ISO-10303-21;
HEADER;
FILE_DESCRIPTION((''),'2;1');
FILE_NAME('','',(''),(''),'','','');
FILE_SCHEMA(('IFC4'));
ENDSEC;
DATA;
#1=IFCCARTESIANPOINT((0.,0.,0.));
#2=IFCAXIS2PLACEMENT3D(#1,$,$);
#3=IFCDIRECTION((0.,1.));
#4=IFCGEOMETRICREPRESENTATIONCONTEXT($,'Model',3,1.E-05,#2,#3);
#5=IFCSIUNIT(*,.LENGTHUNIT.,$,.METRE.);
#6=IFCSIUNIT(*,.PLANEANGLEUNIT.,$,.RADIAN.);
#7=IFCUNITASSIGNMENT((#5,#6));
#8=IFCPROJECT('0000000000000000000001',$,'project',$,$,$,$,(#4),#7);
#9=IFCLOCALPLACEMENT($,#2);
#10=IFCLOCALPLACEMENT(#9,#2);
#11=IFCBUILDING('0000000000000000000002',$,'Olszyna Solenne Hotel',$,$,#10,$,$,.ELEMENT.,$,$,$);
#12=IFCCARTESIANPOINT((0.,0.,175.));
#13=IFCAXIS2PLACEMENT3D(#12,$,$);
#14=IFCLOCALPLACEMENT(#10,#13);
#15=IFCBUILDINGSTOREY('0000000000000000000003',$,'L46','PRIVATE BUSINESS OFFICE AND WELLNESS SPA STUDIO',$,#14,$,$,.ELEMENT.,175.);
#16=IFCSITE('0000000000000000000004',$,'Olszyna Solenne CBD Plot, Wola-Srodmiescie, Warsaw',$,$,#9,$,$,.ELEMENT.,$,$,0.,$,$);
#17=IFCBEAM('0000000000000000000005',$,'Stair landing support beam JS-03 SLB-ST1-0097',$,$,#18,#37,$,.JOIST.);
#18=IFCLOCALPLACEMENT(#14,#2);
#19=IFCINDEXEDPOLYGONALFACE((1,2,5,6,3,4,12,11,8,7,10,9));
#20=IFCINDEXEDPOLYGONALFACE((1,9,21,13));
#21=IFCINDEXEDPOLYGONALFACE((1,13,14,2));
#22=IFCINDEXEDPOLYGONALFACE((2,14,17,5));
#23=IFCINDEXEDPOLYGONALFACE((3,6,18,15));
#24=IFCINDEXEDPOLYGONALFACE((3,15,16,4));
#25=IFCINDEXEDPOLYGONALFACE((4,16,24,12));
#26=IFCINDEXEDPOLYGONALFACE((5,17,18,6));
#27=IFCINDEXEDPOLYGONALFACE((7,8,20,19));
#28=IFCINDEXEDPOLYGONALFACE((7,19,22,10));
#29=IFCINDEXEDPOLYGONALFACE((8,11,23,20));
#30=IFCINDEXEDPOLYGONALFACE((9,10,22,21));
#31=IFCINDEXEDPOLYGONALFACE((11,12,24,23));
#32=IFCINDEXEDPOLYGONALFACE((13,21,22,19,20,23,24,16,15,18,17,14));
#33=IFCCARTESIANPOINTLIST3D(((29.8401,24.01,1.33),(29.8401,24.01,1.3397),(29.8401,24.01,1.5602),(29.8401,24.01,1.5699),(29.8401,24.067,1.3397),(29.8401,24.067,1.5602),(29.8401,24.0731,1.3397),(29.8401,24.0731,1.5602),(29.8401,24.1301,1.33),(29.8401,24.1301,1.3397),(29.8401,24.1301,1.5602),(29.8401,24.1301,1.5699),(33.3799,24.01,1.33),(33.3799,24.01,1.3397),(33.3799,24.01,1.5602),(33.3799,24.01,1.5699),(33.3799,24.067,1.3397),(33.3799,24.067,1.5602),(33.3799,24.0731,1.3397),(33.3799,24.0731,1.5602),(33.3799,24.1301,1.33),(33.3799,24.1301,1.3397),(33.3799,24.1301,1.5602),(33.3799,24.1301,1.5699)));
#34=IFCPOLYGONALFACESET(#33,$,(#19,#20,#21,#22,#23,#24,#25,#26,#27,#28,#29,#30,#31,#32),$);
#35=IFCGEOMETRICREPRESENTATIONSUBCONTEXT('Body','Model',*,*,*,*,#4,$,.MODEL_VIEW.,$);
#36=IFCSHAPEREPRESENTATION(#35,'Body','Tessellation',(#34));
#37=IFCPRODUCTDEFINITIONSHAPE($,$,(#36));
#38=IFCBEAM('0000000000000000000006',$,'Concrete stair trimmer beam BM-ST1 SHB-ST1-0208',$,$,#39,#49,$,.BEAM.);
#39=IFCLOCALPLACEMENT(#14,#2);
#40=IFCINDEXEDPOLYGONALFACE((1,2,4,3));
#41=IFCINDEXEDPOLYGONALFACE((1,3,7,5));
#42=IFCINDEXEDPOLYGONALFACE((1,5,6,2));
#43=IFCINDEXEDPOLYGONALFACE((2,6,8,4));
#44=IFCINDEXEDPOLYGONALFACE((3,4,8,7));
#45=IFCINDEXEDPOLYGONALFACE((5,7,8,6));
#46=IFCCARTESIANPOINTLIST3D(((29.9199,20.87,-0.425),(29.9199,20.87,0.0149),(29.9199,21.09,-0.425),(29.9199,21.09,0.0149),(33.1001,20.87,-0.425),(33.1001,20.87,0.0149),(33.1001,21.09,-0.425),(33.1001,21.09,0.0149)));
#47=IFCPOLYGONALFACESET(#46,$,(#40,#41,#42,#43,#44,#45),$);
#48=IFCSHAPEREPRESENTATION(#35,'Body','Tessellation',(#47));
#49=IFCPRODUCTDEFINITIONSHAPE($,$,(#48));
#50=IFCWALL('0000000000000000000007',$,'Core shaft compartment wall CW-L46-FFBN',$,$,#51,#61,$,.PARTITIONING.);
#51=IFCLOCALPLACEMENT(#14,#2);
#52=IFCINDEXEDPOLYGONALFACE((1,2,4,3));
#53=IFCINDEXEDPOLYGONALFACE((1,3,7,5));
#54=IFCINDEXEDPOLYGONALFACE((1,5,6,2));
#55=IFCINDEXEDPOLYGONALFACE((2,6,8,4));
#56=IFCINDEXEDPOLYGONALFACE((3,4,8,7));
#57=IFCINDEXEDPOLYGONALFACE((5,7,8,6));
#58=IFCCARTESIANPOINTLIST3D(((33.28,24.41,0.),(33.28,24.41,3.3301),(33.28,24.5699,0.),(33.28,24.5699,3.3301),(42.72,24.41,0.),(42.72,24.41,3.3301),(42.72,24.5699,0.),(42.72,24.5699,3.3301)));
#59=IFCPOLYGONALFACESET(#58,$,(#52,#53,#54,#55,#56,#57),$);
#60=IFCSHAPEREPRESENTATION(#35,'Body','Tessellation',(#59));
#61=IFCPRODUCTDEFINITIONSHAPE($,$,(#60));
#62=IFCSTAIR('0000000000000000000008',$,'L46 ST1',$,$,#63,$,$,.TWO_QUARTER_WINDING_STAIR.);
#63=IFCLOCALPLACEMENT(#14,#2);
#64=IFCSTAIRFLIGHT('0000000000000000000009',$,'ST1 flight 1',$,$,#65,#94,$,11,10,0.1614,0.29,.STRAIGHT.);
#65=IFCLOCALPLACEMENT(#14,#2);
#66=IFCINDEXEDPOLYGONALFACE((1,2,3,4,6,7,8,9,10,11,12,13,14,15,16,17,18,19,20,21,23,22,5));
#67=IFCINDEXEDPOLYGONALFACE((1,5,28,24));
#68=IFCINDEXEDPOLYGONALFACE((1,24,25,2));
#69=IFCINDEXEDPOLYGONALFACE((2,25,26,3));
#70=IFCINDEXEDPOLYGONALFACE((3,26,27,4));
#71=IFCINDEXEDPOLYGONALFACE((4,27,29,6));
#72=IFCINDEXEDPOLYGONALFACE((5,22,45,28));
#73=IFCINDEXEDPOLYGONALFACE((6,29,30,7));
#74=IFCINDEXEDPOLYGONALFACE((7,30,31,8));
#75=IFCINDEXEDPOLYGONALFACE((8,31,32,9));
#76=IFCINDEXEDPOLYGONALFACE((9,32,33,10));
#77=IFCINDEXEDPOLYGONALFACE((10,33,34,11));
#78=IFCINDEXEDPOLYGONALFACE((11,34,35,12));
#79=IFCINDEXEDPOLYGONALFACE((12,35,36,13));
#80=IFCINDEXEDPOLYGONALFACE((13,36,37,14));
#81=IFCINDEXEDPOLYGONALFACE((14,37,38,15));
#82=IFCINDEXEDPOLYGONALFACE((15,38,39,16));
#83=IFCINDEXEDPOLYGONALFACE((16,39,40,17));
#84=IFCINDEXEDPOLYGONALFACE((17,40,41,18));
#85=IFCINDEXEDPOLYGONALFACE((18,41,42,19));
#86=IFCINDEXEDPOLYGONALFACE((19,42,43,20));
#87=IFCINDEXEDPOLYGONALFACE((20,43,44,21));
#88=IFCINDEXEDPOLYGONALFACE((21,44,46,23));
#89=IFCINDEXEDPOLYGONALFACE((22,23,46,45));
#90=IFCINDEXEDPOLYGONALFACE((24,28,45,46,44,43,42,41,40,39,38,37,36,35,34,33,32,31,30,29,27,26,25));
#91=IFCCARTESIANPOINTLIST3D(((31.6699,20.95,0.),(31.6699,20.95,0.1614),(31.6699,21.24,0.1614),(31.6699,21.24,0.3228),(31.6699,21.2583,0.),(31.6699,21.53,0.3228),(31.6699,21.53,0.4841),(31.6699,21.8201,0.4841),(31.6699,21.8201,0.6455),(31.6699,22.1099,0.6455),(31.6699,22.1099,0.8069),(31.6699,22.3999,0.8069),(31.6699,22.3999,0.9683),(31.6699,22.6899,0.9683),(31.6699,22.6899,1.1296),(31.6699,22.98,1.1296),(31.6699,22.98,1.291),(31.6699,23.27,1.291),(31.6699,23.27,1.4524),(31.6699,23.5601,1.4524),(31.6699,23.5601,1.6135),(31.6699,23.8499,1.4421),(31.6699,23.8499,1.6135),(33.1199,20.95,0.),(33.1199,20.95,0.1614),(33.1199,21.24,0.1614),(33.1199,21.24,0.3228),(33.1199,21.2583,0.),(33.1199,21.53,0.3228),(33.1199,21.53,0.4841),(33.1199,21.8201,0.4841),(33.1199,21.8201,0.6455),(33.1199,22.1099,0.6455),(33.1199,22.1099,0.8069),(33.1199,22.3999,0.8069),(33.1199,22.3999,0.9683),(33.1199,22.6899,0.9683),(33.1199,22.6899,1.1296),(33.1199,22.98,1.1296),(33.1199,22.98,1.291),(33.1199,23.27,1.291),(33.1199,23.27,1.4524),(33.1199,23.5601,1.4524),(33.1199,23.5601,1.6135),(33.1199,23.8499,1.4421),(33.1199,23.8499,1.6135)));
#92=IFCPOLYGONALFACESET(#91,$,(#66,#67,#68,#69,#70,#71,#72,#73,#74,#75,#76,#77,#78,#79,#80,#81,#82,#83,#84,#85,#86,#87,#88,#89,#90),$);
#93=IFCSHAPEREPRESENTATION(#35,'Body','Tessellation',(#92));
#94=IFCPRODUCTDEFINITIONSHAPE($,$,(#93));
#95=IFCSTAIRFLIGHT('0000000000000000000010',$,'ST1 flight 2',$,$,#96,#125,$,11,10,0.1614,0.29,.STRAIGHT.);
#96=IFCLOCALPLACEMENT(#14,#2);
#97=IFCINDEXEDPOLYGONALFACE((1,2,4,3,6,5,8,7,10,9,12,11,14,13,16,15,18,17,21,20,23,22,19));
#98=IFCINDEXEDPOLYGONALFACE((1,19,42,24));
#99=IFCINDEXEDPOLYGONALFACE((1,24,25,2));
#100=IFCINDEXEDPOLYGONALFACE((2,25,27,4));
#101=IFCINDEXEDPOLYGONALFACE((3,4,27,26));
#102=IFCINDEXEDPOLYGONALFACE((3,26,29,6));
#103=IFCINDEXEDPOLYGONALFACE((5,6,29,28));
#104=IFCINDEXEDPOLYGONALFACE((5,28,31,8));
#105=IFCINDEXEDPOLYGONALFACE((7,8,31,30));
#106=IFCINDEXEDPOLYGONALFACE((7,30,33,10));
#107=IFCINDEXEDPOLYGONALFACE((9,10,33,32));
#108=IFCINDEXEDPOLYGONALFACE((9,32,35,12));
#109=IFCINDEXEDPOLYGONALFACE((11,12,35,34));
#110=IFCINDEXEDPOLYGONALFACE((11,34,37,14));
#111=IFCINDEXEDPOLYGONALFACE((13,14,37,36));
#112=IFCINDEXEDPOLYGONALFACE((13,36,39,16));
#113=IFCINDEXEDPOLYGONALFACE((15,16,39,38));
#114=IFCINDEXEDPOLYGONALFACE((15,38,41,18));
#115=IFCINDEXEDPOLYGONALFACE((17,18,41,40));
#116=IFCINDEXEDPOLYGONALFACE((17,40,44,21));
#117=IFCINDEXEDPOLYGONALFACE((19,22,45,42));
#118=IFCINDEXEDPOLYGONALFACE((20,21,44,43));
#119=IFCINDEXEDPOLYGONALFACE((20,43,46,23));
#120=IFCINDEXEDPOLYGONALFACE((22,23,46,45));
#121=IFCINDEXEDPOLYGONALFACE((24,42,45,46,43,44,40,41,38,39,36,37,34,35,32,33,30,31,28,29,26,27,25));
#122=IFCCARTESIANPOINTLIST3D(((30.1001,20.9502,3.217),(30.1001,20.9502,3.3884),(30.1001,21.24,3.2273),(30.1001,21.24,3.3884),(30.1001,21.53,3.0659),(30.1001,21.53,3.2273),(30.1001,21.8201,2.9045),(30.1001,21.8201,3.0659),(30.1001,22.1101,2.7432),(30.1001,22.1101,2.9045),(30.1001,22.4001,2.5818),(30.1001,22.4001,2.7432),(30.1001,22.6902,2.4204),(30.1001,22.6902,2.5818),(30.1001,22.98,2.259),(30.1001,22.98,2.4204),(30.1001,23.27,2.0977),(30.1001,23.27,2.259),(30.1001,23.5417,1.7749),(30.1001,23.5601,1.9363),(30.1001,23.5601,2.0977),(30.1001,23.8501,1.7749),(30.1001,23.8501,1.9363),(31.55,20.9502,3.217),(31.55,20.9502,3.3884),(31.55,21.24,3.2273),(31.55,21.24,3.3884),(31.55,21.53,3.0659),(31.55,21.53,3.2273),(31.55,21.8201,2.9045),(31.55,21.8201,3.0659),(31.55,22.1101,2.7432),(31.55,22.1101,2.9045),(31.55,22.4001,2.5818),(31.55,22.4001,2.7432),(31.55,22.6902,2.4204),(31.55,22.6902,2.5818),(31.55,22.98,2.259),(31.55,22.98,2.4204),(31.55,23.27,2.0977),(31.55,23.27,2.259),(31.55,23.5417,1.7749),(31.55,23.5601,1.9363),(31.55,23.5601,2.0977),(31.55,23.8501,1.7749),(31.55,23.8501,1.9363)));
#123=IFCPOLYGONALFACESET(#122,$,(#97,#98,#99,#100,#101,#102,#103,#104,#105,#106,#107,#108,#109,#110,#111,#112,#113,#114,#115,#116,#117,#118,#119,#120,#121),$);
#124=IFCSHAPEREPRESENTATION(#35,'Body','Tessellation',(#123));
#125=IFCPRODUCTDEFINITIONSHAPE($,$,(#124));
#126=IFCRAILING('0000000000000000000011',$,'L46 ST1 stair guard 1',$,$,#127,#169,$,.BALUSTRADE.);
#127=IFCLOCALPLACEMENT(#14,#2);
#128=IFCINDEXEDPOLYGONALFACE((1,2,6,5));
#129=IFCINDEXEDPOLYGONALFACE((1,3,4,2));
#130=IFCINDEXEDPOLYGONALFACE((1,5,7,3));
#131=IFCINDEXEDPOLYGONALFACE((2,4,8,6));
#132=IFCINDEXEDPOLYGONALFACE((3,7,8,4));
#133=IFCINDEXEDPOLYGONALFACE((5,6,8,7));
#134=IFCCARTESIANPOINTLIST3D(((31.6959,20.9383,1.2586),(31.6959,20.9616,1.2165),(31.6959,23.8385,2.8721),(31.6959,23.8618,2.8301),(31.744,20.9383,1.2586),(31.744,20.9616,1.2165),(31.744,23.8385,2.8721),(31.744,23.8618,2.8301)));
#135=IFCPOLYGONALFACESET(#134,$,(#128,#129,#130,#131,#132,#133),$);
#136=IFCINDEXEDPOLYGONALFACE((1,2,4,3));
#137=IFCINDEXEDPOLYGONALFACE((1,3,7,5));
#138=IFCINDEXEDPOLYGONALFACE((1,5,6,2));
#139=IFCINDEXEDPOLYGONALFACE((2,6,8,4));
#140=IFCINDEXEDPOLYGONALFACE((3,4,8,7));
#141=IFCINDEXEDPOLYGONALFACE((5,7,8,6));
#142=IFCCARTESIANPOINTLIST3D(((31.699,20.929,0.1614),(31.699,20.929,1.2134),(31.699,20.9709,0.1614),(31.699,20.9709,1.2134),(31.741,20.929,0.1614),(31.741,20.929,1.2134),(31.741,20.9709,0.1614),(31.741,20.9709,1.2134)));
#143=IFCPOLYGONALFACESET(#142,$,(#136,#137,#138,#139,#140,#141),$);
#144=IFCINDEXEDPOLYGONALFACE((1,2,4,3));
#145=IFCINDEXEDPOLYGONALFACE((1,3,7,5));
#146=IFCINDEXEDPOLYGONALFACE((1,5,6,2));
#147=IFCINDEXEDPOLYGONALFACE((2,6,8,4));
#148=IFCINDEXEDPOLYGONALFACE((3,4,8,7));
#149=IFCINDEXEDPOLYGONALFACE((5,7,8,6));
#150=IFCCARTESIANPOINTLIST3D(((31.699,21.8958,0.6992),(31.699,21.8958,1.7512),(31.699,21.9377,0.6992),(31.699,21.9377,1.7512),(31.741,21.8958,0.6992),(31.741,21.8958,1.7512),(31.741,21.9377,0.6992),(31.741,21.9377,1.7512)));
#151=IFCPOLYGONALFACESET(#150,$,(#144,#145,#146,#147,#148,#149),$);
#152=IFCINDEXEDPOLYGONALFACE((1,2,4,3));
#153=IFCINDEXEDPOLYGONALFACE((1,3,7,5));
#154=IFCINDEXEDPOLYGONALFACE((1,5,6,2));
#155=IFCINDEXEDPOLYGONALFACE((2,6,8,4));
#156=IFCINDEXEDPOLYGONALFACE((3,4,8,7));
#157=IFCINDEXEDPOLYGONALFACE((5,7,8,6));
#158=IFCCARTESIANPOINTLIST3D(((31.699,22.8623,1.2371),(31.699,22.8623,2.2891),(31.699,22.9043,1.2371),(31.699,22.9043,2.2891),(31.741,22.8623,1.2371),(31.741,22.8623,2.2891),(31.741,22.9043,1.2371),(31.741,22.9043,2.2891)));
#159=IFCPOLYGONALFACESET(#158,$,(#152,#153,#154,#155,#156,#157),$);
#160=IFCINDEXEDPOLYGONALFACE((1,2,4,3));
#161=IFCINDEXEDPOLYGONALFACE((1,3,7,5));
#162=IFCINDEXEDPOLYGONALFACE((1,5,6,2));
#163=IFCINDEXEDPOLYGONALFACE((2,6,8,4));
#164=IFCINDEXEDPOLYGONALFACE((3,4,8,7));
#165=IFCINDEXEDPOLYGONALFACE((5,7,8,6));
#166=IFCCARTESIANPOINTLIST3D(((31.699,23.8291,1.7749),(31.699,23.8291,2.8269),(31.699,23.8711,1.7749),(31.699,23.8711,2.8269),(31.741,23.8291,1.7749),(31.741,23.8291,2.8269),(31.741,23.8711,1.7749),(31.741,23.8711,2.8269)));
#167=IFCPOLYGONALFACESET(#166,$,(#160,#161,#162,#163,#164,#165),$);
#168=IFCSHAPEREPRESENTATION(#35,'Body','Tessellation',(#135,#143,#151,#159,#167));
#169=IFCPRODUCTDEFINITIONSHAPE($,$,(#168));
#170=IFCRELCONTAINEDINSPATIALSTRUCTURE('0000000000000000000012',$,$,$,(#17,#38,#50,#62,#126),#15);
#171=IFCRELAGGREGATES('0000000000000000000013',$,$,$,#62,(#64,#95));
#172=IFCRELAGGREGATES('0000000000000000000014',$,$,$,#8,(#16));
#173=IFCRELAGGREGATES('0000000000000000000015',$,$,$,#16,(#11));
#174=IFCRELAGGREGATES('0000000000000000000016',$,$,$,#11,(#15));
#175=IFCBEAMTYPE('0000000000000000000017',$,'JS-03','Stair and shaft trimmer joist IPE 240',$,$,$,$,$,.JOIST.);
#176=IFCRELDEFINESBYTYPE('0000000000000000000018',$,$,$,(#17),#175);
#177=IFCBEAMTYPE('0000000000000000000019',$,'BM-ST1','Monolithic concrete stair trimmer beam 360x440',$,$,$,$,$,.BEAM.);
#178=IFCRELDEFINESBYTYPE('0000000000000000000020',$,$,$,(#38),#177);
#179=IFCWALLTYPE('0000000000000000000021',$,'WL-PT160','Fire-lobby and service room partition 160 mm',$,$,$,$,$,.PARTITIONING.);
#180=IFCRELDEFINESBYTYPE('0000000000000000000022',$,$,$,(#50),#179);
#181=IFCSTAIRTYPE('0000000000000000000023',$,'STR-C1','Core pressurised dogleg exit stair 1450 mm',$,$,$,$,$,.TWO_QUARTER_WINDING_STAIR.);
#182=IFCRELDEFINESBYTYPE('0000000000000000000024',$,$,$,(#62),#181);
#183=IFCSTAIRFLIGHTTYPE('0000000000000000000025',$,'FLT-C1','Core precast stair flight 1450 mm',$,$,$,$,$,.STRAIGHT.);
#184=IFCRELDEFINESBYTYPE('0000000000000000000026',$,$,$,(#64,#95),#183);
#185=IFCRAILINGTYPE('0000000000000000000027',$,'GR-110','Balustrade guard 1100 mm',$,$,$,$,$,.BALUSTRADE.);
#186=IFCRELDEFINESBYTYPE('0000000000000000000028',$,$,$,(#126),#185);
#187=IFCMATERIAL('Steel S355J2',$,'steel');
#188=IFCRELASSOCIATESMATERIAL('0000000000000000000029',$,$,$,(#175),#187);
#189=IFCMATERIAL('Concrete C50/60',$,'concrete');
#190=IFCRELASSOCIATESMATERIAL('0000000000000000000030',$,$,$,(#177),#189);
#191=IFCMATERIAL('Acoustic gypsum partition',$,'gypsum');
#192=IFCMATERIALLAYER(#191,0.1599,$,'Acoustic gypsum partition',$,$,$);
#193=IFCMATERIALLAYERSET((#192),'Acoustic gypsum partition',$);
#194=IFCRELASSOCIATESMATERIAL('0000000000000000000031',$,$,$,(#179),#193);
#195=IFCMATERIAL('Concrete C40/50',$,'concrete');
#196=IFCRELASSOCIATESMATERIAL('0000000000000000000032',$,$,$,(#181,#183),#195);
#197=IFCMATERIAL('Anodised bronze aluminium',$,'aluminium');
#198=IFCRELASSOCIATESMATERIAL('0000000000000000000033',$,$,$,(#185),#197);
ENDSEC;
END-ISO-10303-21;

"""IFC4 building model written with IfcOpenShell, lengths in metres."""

from ifc_helpers import new_model, si_unit, direction, frame, frame_2d, origin, origin_2d, place, context, subcontext, project, spatial, polyline, rectangle, i_section, outline, extrude, source, transform, mapped, material, layer, layer_set, material_profile, profile_set, type_object, element, aggregate, save


model = new_model("IFC4")

# Units and contexts
model_context = context("Model", 3, precision=1e-05, world=origin(), true_north=direction((0.0, 1.0)))
body_context = subcontext(model_context, "Body", "Model", "MODEL_VIEW")
ifc_project = project(units=[si_unit("LENGTHUNIT", "METRE"), si_unit("PLANEANGLEUNIT", "RADIAN")], contexts=[model_context])

# Site, building, storey
site_placement = place(None, origin())
site = spatial("IfcSite", under=ifc_project, at=site_placement, Name="Olszyna Solenne CBD Plot, Wola-Srodmiescie, Warsaw", CompositionType="ELEMENT", RefElevation=0.0)
building_placement = place(site_placement, origin())
building = spatial("IfcBuilding", under=site, at=building_placement, Name="Olszyna Solenne Hotel", CompositionType="ELEMENT")
storey_placement = place(building_placement, frame((0.0, 0.0, 175.0)))
storey = spatial("IfcBuildingStorey", under=building, at=storey_placement, Name="L46", Description="PRIVATE BUSINESS OFFICE AND WELLNESS SPA STUDIO", CompositionType="ELEMENT", Elevation=175.0)

# Beams
ifc_material_1 = material(Name="Steel S355J2", Category="steel")
ifc_material_profile_1 = material_profile(ifc_material_1, i_section(OverallWidth=0.1201, OverallDepth=0.24, WebThickness=0.0061, FlangeThickness=0.0098, at=origin_2d()), Name="IPE 240", Category="load-bearing")
ifc_profile_set_1 = profile_set([ifc_material_profile_1], Name="Steel S355J2")
beam_type_1 = type_object("IfcBeamType", Name="JS-03", Description="Stair and shaft trimmer joist IPE 240", PredefinedType="JOIST", material=ifc_profile_set_1)
shared_shape_1 = source(origin(), body_context, "Body", "SweptSolid", [
    extrude(i_section(OverallWidth=0.1201, OverallDepth=0.24, WebThickness=0.0061, FlangeThickness=0.0098, at=origin_2d()), origin(), (0.0, 0.0, 1.0), 3.5398),
])
beam_1_placement = place(storey_placement, frame((33.3799, 24.0701, 1.45), z_axis=(-1.0, 0.0, 0.0), x_axis=(0.0, -1.0, 0.0)))
element("IfcBeam", 1, at=beam_1_placement, inside=storey, type_object=beam_type_1, Name="Stair landing support beam JS-03 SLB-ST1-0097", PredefinedType="JOIST", context=body_context, shape_type="MappedRepresentation", body=[
    mapped(shared_shape_1, transform((0.0, 0.0, 0.0), x_axis=(1.0, 0.0, 0.0), y_axis=(0.0, 1.0, 0.0), z_axis=(0.0, 0.0, 1.0), scale=1.0)),
])
ifc_material_2 = material(Name="Concrete C50/60", Category="concrete")
ifc_material_profile_2 = material_profile(ifc_material_2, rectangle(XDim=0.22, YDim=0.4399, at=origin_2d()), Name="RC 220x440", Category="load-bearing")
ifc_profile_set_2 = profile_set([ifc_material_profile_2], Name="Concrete C50/60")
beam_type_2 = type_object("IfcBeamType", Name="BM-ST1", Description="Monolithic concrete stair trimmer beam 360x440", PredefinedType="BEAM", material=ifc_profile_set_2)
shared_shape_2 = source(origin(), body_context, "Body", "SweptSolid", [
    extrude(rectangle(XDim=0.22, YDim=0.4399, at=origin_2d()), origin(), (0.0, 0.0, 1.0), 3.1802),
])
beam_2_placement = place(storey_placement, frame((33.1001, 20.98, -0.2051), z_axis=(-1.0, 0.0, 0.0), x_axis=(0.0, -1.0, 0.0)))
element("IfcBeam", 2, at=beam_2_placement, inside=storey, type_object=beam_type_2, Name="Concrete stair trimmer beam BM-ST1 SHB-ST1-0208", PredefinedType="BEAM", context=body_context, shape_type="MappedRepresentation", body=[
    mapped(shared_shape_2, transform((0.0, 0.0, 0.0), x_axis=(1.0, 0.0, 0.0), y_axis=(0.0, 1.0, 0.0), z_axis=(0.0, 0.0, 1.0), scale=1.0)),
])

# Wall
ifc_material_3 = material(Name="Acoustic gypsum partition", Category="gypsum")
ifc_layer = layer(ifc_material_3, 0.1599, Name="Acoustic gypsum partition")
ifc_layer_set = layer_set([ifc_layer], Name="Acoustic gypsum partition")
wall_type = type_object("IfcWallType", Name="WL-PT160", Description="Fire-lobby and service room partition 160 mm", PredefinedType="PARTITIONING", material=ifc_layer_set)
wall_placement = place(storey_placement, frame((33.28, 24.49, 0.0), z_axis=(0.0, 0.0, 1.0), x_axis=(1.0, 0.0, 0.0)))
element("IfcWall", 3, at=wall_placement, inside=storey, type_object=wall_type, Name="Core shaft compartment wall CW-L46-FFBN", PredefinedType="PARTITIONING", context=body_context, shape_type="SweptSolid", body=[
    extrude(rectangle(XDim=9.4399, YDim=0.1599, at=frame_2d((4.72, 0.0))), origin(), (0.0, 0.0, 1.0), 3.3301),
])

# Stair, stair flights
ifc_material_4 = material(Name="Concrete C40/50", Category="concrete")
stair_type = type_object("IfcStairType", Name="STR-C1", Description="Core pressurised dogleg exit stair 1450 mm", PredefinedType="TWO_QUARTER_WINDING_STAIR", material=ifc_material_4)
stair_placement = place(storey_placement, origin())
stair = element("IfcStair", 4, at=stair_placement, inside=storey, type_object=stair_type, Name="L46 ST1", PredefinedType="TWO_QUARTER_WINDING_STAIR")
stair_flight_type = type_object("IfcStairFlightType", Name="FLT-C1", Description="Core precast stair flight 1450 mm", PredefinedType="STRAIGHT", material=ifc_material_4)
stair_flight_1_placement = place(storey_placement, frame((32.395, 20.95, 0.0), z_axis=(0.0, 0.0, 1.0), x_axis=(0.0, 1.0, 0.0)))
stair_flight_1 = element("IfcStairFlight", 5, at=stair_flight_1_placement, type_object=stair_flight_type, Name="ST1 flight 1", NumberOfRisers=11, NumberOfTreads=10, PredefinedType="STRAIGHT", RiserHeight=0.1614, TreadLength=0.29, context=body_context, shape_type="SweptSolid", body=[
    extrude(outline(polyline([(0.0, 0.0), (0.0, 0.1614), (0.29, 0.1614), (0.29, 0.3228), (0.5801, 0.3228), (0.5801, 0.4841), (0.8701, 0.4841), (0.8701, 0.6455), (1.1599, 0.6455), (1.1599, 0.8069), (1.45, 0.8069), (1.45, 0.9683), (1.74, 0.9683), (1.74, 1.1296), (2.03, 1.1296), (2.03, 1.291), (2.3201, 1.291), (2.3201, 1.4524), (2.6101, 1.4524), (2.6101, 1.6135), (2.8999, 1.6135), (2.8999, 1.7749), (2.8999, 1.4421), (0.3083, 0.0), (0.0, 0.0)])), frame((0.0, 0.7251, 0.0), z_axis=(0.0, -1.0, 0.0), x_axis=(1.0, 0.0, 0.0)), (0.0, 0.0, 1.0), 1.45),
])
stair_flight_2_placement = place(storey_placement, frame((30.825, 23.8501, 1.7749), z_axis=(0.0, 0.0, 1.0), x_axis=(0.0, -1.0, 0.0)))
stair_flight_2 = element("IfcStairFlight", 6, at=stair_flight_2_placement, type_object=stair_flight_type, Name="ST1 flight 2", NumberOfRisers=11, NumberOfTreads=10, PredefinedType="STRAIGHT", RiserHeight=0.1614, TreadLength=0.29, context=body_context, shape_type="SweptSolid", body=[
    extrude(outline(polyline([(0.0, 0.0), (0.0, 0.1614), (0.29, 0.1614), (0.29, 0.3228), (0.5801, 0.3228), (0.5801, 0.4841), (0.8701, 0.4841), (0.8701, 0.6455), (1.1599, 0.6455), (1.1599, 0.8069), (1.45, 0.8069), (1.45, 0.9683), (1.74, 0.9683), (1.74, 1.1296), (2.03, 1.1296), (2.03, 1.291), (2.3201, 1.291), (2.3201, 1.4524), (2.6101, 1.4524), (2.6101, 1.6135), (2.8999, 1.6135), (2.8999, 1.7749), (2.8999, 1.4421), (0.3083, 0.0), (0.0, 0.0)])), frame((0.0, 0.7251, 0.0), z_axis=(0.0, -1.0, 0.0), x_axis=(1.0, 0.0, 0.0)), (0.0, 0.0, 1.0), 1.45),
])
aggregate(stair, [stair_flight_1, stair_flight_2])

# Railing
ifc_material_5 = material(Name="Anodised bronze aluminium", Category="aluminium")
railing_type_1 = type_object("IfcRailingType", Name="GR-110", Description="Balustrade guard 1100 mm", PredefinedType="BALUSTRADE", material=ifc_material_5)
railing_1_placement = place(storey_placement, frame((31.72, 20.95, 0.1614)))
element("IfcRailing", 7, at=railing_1_placement, inside=storey, type_object=railing_type_1, Name="L46 ST1 stair guard 1", PredefinedType="BALUSTRADE", context=body_context, shape_type="SweptSolid", body=[
    extrude(rectangle(XDim=0.0481, YDim=0.0481, at=origin_2d()), frame((0.0, 0.0, 1.0762), z_axis=(0.0, 0.873859, 0.48618), x_axis=(-1.0, 0.0, 0.0)), (0.0, 0.0, 1.0), 3.3188),
    extrude(rectangle(XDim=0.042, YDim=0.042, at=origin_2d()), origin(), (0.0, 0.0, 1.0), 1.052),
    extrude(rectangle(XDim=0.042, YDim=0.042, at=origin_2d()), frame((0.0, 0.9668, 0.5378)), (0.0, 0.0, 1.0), 1.052),
    extrude(rectangle(XDim=0.042, YDim=0.042, at=origin_2d()), frame((0.0, 1.9333, 1.0757)), (0.0, 0.0, 1.0), 1.052),
    extrude(rectangle(XDim=0.042, YDim=0.042, at=origin_2d()), frame((0.0, 2.9001, 1.6135)), (0.0, 0.0, 1.0), 1.052),
])

save(model, "model.ifc")
